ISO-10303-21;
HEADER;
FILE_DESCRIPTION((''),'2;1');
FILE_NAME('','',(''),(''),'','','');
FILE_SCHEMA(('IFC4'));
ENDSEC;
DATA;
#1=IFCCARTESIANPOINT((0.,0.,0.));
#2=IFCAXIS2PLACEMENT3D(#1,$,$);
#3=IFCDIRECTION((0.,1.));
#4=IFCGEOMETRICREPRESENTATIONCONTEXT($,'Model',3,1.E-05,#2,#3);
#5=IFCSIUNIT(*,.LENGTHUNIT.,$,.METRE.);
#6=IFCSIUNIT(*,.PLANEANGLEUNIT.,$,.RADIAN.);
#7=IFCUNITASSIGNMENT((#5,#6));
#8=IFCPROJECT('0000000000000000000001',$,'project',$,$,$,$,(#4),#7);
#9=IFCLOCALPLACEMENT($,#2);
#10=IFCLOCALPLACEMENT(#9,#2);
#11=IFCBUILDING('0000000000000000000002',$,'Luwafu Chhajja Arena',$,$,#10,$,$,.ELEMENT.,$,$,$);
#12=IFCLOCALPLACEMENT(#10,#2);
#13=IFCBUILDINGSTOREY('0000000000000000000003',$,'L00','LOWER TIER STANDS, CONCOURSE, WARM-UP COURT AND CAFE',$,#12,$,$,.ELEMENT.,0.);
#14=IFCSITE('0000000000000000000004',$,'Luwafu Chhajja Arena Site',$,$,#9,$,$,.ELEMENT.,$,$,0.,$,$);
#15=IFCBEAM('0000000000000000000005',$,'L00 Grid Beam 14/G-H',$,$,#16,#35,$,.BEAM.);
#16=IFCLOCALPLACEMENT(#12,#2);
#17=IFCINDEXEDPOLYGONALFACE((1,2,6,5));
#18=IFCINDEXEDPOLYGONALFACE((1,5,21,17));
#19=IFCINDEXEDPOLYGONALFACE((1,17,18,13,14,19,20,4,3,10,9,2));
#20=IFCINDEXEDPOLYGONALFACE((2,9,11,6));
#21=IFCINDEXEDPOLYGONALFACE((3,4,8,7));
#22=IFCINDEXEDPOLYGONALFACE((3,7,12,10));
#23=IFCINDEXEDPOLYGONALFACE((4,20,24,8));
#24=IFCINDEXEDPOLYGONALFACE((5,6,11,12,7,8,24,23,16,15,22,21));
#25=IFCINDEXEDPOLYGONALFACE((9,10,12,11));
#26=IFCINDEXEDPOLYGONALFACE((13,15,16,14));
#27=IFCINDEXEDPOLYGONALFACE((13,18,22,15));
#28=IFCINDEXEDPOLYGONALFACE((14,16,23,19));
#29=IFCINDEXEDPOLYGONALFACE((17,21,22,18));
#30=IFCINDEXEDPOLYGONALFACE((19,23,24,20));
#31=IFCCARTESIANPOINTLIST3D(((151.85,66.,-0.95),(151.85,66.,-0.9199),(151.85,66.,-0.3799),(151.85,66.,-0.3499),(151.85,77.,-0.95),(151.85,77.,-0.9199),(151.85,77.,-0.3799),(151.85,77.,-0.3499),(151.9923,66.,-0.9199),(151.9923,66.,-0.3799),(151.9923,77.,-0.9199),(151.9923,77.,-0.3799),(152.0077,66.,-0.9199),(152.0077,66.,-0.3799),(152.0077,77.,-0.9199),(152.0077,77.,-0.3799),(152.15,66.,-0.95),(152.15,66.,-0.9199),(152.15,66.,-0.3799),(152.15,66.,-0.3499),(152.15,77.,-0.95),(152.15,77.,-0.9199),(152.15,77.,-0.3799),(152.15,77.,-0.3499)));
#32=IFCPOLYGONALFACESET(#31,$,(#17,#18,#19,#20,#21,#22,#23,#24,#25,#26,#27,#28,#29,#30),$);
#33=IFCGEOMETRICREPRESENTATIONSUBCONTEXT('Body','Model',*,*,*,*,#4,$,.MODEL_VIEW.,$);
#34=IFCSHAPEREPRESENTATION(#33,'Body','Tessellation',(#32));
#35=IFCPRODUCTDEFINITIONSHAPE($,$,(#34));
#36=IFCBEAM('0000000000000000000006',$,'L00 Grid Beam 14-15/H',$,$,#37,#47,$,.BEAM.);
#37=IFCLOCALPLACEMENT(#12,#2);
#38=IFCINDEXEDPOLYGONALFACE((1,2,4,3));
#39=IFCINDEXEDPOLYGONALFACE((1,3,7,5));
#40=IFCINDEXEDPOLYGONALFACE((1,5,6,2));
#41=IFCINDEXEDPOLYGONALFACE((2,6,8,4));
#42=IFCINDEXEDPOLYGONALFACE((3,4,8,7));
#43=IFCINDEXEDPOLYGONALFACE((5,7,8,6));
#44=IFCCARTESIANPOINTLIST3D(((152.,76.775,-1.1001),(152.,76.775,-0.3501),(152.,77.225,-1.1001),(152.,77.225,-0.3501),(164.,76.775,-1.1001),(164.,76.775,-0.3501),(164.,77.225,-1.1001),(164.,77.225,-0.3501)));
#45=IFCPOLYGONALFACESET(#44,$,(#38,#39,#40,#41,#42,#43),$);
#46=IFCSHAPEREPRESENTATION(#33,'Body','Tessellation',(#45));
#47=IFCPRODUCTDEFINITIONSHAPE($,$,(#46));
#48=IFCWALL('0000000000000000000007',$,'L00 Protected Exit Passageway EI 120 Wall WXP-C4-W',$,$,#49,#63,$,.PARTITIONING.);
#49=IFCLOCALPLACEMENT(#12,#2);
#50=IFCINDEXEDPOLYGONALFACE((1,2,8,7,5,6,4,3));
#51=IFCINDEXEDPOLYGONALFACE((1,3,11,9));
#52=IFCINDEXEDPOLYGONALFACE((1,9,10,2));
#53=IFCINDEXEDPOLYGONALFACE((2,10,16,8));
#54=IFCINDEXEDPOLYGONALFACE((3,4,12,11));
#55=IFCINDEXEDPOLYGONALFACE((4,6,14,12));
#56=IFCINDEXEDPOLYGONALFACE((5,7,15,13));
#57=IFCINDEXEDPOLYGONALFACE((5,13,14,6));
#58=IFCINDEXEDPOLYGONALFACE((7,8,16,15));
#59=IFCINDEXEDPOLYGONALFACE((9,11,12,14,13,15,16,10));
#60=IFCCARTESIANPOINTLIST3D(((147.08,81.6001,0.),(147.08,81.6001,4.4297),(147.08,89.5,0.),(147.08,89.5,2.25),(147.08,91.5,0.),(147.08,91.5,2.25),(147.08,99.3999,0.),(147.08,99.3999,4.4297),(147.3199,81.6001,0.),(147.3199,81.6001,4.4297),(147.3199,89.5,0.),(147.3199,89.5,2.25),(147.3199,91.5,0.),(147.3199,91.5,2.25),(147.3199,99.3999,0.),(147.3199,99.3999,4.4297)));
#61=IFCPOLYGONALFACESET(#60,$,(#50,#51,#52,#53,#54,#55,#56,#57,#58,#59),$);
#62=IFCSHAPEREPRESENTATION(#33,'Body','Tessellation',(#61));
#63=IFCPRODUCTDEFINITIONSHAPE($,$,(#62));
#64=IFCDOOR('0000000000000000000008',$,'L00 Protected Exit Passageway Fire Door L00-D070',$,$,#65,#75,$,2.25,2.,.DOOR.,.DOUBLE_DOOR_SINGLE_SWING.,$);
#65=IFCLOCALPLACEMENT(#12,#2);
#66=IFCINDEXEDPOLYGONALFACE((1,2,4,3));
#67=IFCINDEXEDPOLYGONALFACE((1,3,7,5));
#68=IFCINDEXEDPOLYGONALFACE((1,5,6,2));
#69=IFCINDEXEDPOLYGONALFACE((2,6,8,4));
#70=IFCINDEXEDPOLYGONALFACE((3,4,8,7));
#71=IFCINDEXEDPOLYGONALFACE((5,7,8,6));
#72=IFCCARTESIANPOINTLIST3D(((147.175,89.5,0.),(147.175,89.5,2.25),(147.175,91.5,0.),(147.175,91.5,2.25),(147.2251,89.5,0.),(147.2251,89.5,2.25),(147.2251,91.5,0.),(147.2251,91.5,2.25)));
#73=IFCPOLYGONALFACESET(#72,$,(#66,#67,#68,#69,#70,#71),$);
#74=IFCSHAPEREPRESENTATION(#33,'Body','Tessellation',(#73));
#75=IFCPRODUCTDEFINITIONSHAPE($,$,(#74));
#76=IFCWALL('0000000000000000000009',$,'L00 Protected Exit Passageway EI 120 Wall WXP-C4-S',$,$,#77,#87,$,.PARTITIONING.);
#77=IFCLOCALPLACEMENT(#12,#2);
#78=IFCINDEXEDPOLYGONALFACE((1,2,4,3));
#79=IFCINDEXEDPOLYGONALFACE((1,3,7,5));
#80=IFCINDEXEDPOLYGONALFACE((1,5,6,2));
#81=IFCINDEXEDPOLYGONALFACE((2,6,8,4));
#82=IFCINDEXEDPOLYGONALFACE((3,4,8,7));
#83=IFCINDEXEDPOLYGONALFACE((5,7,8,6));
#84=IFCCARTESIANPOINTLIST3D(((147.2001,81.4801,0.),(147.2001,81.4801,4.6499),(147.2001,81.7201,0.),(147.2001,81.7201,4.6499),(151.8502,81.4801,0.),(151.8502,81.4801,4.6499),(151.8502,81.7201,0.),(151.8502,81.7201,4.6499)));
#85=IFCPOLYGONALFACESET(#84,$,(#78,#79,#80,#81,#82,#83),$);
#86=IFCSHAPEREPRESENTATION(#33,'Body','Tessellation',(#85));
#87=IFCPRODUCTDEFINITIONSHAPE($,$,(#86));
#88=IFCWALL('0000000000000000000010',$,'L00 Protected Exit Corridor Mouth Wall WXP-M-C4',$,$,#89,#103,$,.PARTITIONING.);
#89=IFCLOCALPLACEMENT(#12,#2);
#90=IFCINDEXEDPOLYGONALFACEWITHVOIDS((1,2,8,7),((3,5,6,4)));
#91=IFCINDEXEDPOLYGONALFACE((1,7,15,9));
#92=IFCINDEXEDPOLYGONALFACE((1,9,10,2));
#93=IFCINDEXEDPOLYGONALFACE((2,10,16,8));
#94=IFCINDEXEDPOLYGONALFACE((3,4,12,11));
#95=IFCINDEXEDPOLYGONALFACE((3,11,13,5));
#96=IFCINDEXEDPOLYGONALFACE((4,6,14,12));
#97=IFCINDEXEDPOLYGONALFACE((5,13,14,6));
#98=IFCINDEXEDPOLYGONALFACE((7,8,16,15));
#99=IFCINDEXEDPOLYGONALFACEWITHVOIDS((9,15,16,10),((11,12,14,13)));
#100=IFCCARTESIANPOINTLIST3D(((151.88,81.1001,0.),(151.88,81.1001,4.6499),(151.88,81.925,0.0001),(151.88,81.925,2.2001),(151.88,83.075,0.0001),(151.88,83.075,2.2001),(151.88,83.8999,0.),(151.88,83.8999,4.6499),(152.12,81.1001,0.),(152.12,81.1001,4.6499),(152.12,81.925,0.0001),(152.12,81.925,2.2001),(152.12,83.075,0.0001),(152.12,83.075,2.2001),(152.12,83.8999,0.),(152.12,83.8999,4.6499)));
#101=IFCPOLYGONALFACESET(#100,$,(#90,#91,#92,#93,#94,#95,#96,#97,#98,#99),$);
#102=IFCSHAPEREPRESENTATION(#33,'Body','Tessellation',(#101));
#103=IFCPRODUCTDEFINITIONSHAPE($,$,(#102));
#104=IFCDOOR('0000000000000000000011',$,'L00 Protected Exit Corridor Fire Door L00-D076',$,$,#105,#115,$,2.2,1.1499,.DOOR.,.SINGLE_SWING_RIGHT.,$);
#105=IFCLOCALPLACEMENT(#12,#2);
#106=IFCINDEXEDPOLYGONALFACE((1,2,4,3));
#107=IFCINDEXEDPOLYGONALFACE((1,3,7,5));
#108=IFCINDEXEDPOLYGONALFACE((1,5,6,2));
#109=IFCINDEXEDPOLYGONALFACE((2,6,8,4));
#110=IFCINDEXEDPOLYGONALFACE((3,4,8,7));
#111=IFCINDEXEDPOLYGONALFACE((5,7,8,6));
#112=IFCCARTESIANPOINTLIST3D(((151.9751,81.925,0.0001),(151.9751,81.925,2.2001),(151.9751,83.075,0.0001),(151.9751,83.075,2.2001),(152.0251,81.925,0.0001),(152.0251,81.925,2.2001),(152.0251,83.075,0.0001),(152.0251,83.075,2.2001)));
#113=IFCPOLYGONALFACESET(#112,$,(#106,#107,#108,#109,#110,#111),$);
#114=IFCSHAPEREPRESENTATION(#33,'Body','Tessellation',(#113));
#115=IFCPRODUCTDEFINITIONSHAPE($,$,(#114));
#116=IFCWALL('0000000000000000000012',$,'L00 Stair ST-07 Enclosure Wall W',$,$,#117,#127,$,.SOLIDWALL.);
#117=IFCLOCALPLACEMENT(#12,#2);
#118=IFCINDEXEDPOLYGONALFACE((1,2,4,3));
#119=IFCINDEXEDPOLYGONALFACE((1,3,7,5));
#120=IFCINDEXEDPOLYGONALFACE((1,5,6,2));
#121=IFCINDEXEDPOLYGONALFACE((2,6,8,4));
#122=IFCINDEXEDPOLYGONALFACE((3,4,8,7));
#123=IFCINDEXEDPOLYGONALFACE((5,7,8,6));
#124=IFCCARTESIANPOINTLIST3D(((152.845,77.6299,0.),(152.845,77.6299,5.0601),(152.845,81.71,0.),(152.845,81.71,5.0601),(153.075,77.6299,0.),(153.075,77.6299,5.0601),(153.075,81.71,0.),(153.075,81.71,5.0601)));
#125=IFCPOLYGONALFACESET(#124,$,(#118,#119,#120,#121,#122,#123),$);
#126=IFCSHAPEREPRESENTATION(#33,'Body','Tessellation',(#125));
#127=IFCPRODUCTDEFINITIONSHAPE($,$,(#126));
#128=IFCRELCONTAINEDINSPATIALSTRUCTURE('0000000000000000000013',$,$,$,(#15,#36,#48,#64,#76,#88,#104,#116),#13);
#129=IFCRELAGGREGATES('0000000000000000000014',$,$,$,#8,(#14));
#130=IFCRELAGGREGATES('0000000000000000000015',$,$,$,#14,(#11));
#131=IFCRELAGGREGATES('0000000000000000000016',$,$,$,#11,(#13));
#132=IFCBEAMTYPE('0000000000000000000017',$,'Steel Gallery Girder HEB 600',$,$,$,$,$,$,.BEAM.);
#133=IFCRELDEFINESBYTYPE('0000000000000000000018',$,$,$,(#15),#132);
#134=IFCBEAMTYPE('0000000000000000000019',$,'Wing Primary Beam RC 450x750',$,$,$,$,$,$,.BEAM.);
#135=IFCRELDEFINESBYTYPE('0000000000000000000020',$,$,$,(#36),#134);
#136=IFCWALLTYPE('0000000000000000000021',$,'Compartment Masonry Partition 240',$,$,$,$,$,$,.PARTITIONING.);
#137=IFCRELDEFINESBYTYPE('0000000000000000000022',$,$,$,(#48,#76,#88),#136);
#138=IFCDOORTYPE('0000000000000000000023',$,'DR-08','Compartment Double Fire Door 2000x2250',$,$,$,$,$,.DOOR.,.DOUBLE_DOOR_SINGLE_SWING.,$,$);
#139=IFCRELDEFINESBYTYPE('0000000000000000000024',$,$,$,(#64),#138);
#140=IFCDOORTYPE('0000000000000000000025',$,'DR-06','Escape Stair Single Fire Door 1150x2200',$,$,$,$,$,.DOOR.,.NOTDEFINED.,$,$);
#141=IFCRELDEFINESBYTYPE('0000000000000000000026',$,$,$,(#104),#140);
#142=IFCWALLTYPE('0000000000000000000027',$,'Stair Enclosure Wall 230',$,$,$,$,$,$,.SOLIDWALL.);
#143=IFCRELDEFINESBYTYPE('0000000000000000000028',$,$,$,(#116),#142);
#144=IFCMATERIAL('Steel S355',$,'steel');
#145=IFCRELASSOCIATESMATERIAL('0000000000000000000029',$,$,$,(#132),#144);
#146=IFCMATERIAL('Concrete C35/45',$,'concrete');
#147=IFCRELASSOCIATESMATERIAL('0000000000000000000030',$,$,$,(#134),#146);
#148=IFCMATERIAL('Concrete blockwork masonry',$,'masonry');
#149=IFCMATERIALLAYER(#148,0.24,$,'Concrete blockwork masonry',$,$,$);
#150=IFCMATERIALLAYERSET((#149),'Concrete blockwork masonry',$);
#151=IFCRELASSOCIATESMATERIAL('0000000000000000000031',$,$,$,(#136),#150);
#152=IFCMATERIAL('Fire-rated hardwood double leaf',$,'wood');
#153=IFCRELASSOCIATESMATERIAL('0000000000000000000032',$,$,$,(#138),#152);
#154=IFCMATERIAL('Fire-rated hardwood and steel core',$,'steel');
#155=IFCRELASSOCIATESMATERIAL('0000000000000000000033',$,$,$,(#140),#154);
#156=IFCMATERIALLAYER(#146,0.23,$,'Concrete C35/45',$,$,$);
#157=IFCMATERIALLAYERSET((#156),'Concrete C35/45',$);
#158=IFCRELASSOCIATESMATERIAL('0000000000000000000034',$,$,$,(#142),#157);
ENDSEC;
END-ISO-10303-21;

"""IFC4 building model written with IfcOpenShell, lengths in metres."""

from ifc_helpers import new_model, si_unit, direction, frame, frame_2d, origin, origin_2d, place, context, subcontext, project, spatial, rectangle, i_section, extrude, material, layer, layer_set, material_profile, profile_set, type_object, element, fill, save


model = new_model("IFC4")

# Units and contexts
model_context = context("Model", 3, precision=1e-05, world=origin(), true_north=direction((0.0, 1.0)))
body_context = subcontext(model_context, "Body", "Model", "MODEL_VIEW")
ifc_project = project(units=[si_unit("LENGTHUNIT", "METRE"), si_unit("PLANEANGLEUNIT", "RADIAN")], contexts=[model_context])

# Site, building, storey
site_placement = place(None, origin())
site = spatial("IfcSite", under=ifc_project, at=site_placement, Name="Luwafu Chhajja Arena Site", CompositionType="ELEMENT", RefElevation=0.0)
building_placement = place(site_placement, origin())
building = spatial("IfcBuilding", under=site, at=building_placement, Name="Luwafu Chhajja Arena", CompositionType="ELEMENT")
storey_placement = place(building_placement, origin())
storey = spatial("IfcBuildingStorey", under=building, at=storey_placement, Name="L00", Description="LOWER TIER STANDS, CONCOURSE, WARM-UP COURT AND CAFE", CompositionType="ELEMENT", Elevation=0.0)

# Shared definitions
ifc_material_1 = material(Name="Concrete C35/45", Category="concrete")
ifc_material_2 = material(Name="Steel S355", Category="steel")

# Beams
ifc_material_profile_1 = material_profile(ifc_material_2, i_section(OverallWidth=0.3, OverallDepth=0.6001, WebThickness=0.0154, FlangeThickness=0.03, at=origin_2d()), Name="HEB 600")
ifc_profile_set_1 = profile_set([ifc_material_profile_1], Name="Steel S355")
beam_type_1 = type_object("IfcBeamType", Name="Steel Gallery Girder HEB 600", PredefinedType="BEAM", material=ifc_profile_set_1)
beam_1_placement = place(storey_placement, frame((152.0, 66.0, -0.6499), z_axis=(0.0, 1.0, 0.0), x_axis=(-1.0, 0.0, 0.0)))
element("IfcBeam", 1, at=beam_1_placement, inside=storey, type_object=beam_type_1, Name="L00 Grid Beam 14/G-H", PredefinedType="BEAM", context=body_context, shape_type="SweptSolid", body=[
    extrude(i_section(OverallWidth=0.3, OverallDepth=0.6001, WebThickness=0.0154, FlangeThickness=0.03, at=origin_2d()), origin(), (0.0, 0.0, 1.0), 11.0),
])
ifc_material_profile_2 = material_profile(ifc_material_1, rectangle(XDim=0.45, YDim=0.75, at=origin_2d()), Name="RC 450x750")
ifc_profile_set_2 = profile_set([ifc_material_profile_2], Name="Concrete C35/45")
beam_type_2 = type_object("IfcBeamType", Name="Wing Primary Beam RC 450x750", PredefinedType="BEAM", material=ifc_profile_set_2)
beam_2_placement = place(storey_placement, frame((152.0, 77.0, -0.7251), z_axis=(1.0, 0.0, 0.0), x_axis=(0.0, 1.0, 0.0)))
element("IfcBeam", 2, at=beam_2_placement, inside=storey, type_object=beam_type_2, Name="L00 Grid Beam 14-15/H", PredefinedType="BEAM", context=body_context, shape_type="SweptSolid", body=[
    extrude(rectangle(XDim=0.45, YDim=0.75, at=origin_2d()), origin(), (0.0, 0.0, 1.0), 12.0),
])

# Wall, opening, door
ifc_material_3 = material(Name="Concrete blockwork masonry", Category="masonry")
ifc_layer_1 = layer(ifc_material_3, 0.24, Name="Concrete blockwork masonry")
ifc_layer_set_1 = layer_set([ifc_layer_1], Name="Concrete blockwork masonry")
wall_type_1 = type_object("IfcWallType", Name="Compartment Masonry Partition 240", PredefinedType="PARTITIONING", material=ifc_layer_set_1)
wall_1_placement = place(storey_placement, frame((147.2, 81.6001, 0.0), z_axis=(0.0, 0.0, 1.0), x_axis=(0.0, 1.0, 0.0)))
wall_1 = element("IfcWall", 3, at=wall_1_placement, inside=storey, type_object=wall_type_1, Name="L00 Protected Exit Passageway EI 120 Wall WXP-C4-W", PredefinedType="PARTITIONING", context=body_context, shape_type="SweptSolid", body=[
    extrude(rectangle(XDim=17.7998, YDim=0.24, at=frame_2d((8.8999, 0.0))), origin(), (0.0, 0.0, 1.0), 4.4297),
])
opening_1_placement = place(wall_1_placement, frame((7.8999, 0.0, 0.0)))
opening_1 = element("IfcOpeningElement", 4, at=opening_1_placement, cuts=wall_1, PredefinedType="OPENING", context=body_context, shape_type="SweptSolid", body=[
    extrude(rectangle(XDim=2.0, YDim=2.25, at=frame_2d((1.0, 1.125))), frame((0.0, 0.1299, 0.0), z_axis=(0.0, -1.0, 0.0), x_axis=(1.0, 0.0, 0.0)), (0.0, 0.0, 1.0), 0.26),
])
ifc_material_4 = material(Name="Fire-rated hardwood double leaf", Category="wood")
door_type_1 = type_object("IfcDoorType", Name="DR-08", Description="Compartment Double Fire Door 2000x2250", OperationType="DOUBLE_DOOR_SINGLE_SWING", PredefinedType="DOOR", material=ifc_material_4)
door_1_placement = place(opening_1_placement, origin())
door_1 = element("IfcDoor", 5, at=door_1_placement, inside=storey, type_object=door_type_1, Name="L00 Protected Exit Passageway Fire Door L00-D070", OperationType="DOUBLE_DOOR_SINGLE_SWING", OverallHeight=2.25, OverallWidth=2.0, PredefinedType="DOOR", context=body_context, shape_type="SweptSolid", body=[
    extrude(rectangle(XDim=2.0, YDim=2.25, at=frame_2d((1.0, 1.125))), frame((0.0, 0.0249, 0.0), z_axis=(0.0, -1.0, 0.0), x_axis=(1.0, 0.0, 0.0)), (0.0, 0.0, 1.0), 0.05),
])
fill(opening_1, door_1)

# Wall
wall_2_placement = place(storey_placement, frame((147.2, 81.6001, 0.0), z_axis=(0.0, 0.0, 1.0), x_axis=(1.0, 0.0, 0.0)))
element("IfcWall", 6, at=wall_2_placement, inside=storey, type_object=wall_type_1, Name="L00 Protected Exit Passageway EI 120 Wall WXP-C4-S", PredefinedType="PARTITIONING", context=body_context, shape_type="SweptSolid", body=[
    extrude(rectangle(XDim=4.6501, YDim=0.24, at=frame_2d((2.3252, 0.0))), origin(), (0.0, 0.0, 1.0), 4.6499),
])

# Wall, opening, door
wall_3_placement = place(storey_placement, frame((152.0, 81.1001, 0.0), z_axis=(0.0, 0.0, 1.0), x_axis=(0.0, 1.0, 0.0)))
wall_3 = element("IfcWall", 7, at=wall_3_placement, inside=storey, type_object=wall_type_1, Name="L00 Protected Exit Corridor Mouth Wall WXP-M-C4", PredefinedType="PARTITIONING", context=body_context, shape_type="SweptSolid", body=[
    extrude(rectangle(XDim=2.7998, YDim=0.24, at=frame_2d((1.3999, 0.0))), origin(), (0.0, 0.0, 1.0), 4.6499),
])
opening_2_placement = place(wall_3_placement, frame((0.825, 0.0, 0.0)))
opening_2 = element("IfcOpeningElement", 8, at=opening_2_placement, cuts=wall_3, PredefinedType="OPENING", context=body_context, shape_type="SweptSolid", body=[
    extrude(rectangle(XDim=1.1499, YDim=2.2, at=frame_2d((0.575, 1.1001))), frame((0.0, 0.1299, 0.0), z_axis=(0.0, -1.0, 0.0), x_axis=(1.0, 0.0, 0.0)), (0.0, 0.0, 1.0), 0.26),
])
ifc_material_5 = material(Name="Fire-rated hardwood and steel core", Category="steel")
door_type_2 = type_object("IfcDoorType", Name="DR-06", Description="Escape Stair Single Fire Door 1150x2200", OperationType="NOTDEFINED", PredefinedType="DOOR", material=ifc_material_5)
door_2_placement = place(opening_2_placement, origin())
door_2 = element("IfcDoor", 9, at=door_2_placement, inside=storey, type_object=door_type_2, Name="L00 Protected Exit Corridor Fire Door L00-D076", OperationType="SINGLE_SWING_RIGHT", OverallHeight=2.2, OverallWidth=1.1499, PredefinedType="DOOR", context=body_context, shape_type="SweptSolid", body=[
    extrude(rectangle(XDim=1.1499, YDim=2.2, at=frame_2d((0.575, 1.1001))), frame((0.0, 0.0249, 0.0), z_axis=(0.0, -1.0, 0.0), x_axis=(1.0, 0.0, 0.0)), (0.0, 0.0, 1.0), 0.05),
])
fill(opening_2, door_2)

# Wall
ifc_layer_2 = layer(ifc_material_1, 0.23, Name="Concrete C35/45")
ifc_layer_set_2 = layer_set([ifc_layer_2], Name="Concrete C35/45")
wall_type_2 = type_object("IfcWallType", Name="Stair Enclosure Wall 230", PredefinedType="SOLIDWALL", material=ifc_layer_set_2)
wall_4_placement = place(storey_placement, frame((152.96, 77.6299, 0.0), z_axis=(0.0, 0.0, 1.0), x_axis=(0.0, 1.0, 0.0)))
element("IfcWall", 10, at=wall_4_placement, inside=storey, type_object=wall_type_2, Name="L00 Stair ST-07 Enclosure Wall W", PredefinedType="SOLIDWALL", context=body_context, shape_type="SweptSolid", body=[
    extrude(rectangle(XDim=4.0801, YDim=0.23, at=frame_2d((2.04, 0.0))), origin(), (0.0, 0.0, 1.0), 5.0601),
])

save(model, "model.ifc")
